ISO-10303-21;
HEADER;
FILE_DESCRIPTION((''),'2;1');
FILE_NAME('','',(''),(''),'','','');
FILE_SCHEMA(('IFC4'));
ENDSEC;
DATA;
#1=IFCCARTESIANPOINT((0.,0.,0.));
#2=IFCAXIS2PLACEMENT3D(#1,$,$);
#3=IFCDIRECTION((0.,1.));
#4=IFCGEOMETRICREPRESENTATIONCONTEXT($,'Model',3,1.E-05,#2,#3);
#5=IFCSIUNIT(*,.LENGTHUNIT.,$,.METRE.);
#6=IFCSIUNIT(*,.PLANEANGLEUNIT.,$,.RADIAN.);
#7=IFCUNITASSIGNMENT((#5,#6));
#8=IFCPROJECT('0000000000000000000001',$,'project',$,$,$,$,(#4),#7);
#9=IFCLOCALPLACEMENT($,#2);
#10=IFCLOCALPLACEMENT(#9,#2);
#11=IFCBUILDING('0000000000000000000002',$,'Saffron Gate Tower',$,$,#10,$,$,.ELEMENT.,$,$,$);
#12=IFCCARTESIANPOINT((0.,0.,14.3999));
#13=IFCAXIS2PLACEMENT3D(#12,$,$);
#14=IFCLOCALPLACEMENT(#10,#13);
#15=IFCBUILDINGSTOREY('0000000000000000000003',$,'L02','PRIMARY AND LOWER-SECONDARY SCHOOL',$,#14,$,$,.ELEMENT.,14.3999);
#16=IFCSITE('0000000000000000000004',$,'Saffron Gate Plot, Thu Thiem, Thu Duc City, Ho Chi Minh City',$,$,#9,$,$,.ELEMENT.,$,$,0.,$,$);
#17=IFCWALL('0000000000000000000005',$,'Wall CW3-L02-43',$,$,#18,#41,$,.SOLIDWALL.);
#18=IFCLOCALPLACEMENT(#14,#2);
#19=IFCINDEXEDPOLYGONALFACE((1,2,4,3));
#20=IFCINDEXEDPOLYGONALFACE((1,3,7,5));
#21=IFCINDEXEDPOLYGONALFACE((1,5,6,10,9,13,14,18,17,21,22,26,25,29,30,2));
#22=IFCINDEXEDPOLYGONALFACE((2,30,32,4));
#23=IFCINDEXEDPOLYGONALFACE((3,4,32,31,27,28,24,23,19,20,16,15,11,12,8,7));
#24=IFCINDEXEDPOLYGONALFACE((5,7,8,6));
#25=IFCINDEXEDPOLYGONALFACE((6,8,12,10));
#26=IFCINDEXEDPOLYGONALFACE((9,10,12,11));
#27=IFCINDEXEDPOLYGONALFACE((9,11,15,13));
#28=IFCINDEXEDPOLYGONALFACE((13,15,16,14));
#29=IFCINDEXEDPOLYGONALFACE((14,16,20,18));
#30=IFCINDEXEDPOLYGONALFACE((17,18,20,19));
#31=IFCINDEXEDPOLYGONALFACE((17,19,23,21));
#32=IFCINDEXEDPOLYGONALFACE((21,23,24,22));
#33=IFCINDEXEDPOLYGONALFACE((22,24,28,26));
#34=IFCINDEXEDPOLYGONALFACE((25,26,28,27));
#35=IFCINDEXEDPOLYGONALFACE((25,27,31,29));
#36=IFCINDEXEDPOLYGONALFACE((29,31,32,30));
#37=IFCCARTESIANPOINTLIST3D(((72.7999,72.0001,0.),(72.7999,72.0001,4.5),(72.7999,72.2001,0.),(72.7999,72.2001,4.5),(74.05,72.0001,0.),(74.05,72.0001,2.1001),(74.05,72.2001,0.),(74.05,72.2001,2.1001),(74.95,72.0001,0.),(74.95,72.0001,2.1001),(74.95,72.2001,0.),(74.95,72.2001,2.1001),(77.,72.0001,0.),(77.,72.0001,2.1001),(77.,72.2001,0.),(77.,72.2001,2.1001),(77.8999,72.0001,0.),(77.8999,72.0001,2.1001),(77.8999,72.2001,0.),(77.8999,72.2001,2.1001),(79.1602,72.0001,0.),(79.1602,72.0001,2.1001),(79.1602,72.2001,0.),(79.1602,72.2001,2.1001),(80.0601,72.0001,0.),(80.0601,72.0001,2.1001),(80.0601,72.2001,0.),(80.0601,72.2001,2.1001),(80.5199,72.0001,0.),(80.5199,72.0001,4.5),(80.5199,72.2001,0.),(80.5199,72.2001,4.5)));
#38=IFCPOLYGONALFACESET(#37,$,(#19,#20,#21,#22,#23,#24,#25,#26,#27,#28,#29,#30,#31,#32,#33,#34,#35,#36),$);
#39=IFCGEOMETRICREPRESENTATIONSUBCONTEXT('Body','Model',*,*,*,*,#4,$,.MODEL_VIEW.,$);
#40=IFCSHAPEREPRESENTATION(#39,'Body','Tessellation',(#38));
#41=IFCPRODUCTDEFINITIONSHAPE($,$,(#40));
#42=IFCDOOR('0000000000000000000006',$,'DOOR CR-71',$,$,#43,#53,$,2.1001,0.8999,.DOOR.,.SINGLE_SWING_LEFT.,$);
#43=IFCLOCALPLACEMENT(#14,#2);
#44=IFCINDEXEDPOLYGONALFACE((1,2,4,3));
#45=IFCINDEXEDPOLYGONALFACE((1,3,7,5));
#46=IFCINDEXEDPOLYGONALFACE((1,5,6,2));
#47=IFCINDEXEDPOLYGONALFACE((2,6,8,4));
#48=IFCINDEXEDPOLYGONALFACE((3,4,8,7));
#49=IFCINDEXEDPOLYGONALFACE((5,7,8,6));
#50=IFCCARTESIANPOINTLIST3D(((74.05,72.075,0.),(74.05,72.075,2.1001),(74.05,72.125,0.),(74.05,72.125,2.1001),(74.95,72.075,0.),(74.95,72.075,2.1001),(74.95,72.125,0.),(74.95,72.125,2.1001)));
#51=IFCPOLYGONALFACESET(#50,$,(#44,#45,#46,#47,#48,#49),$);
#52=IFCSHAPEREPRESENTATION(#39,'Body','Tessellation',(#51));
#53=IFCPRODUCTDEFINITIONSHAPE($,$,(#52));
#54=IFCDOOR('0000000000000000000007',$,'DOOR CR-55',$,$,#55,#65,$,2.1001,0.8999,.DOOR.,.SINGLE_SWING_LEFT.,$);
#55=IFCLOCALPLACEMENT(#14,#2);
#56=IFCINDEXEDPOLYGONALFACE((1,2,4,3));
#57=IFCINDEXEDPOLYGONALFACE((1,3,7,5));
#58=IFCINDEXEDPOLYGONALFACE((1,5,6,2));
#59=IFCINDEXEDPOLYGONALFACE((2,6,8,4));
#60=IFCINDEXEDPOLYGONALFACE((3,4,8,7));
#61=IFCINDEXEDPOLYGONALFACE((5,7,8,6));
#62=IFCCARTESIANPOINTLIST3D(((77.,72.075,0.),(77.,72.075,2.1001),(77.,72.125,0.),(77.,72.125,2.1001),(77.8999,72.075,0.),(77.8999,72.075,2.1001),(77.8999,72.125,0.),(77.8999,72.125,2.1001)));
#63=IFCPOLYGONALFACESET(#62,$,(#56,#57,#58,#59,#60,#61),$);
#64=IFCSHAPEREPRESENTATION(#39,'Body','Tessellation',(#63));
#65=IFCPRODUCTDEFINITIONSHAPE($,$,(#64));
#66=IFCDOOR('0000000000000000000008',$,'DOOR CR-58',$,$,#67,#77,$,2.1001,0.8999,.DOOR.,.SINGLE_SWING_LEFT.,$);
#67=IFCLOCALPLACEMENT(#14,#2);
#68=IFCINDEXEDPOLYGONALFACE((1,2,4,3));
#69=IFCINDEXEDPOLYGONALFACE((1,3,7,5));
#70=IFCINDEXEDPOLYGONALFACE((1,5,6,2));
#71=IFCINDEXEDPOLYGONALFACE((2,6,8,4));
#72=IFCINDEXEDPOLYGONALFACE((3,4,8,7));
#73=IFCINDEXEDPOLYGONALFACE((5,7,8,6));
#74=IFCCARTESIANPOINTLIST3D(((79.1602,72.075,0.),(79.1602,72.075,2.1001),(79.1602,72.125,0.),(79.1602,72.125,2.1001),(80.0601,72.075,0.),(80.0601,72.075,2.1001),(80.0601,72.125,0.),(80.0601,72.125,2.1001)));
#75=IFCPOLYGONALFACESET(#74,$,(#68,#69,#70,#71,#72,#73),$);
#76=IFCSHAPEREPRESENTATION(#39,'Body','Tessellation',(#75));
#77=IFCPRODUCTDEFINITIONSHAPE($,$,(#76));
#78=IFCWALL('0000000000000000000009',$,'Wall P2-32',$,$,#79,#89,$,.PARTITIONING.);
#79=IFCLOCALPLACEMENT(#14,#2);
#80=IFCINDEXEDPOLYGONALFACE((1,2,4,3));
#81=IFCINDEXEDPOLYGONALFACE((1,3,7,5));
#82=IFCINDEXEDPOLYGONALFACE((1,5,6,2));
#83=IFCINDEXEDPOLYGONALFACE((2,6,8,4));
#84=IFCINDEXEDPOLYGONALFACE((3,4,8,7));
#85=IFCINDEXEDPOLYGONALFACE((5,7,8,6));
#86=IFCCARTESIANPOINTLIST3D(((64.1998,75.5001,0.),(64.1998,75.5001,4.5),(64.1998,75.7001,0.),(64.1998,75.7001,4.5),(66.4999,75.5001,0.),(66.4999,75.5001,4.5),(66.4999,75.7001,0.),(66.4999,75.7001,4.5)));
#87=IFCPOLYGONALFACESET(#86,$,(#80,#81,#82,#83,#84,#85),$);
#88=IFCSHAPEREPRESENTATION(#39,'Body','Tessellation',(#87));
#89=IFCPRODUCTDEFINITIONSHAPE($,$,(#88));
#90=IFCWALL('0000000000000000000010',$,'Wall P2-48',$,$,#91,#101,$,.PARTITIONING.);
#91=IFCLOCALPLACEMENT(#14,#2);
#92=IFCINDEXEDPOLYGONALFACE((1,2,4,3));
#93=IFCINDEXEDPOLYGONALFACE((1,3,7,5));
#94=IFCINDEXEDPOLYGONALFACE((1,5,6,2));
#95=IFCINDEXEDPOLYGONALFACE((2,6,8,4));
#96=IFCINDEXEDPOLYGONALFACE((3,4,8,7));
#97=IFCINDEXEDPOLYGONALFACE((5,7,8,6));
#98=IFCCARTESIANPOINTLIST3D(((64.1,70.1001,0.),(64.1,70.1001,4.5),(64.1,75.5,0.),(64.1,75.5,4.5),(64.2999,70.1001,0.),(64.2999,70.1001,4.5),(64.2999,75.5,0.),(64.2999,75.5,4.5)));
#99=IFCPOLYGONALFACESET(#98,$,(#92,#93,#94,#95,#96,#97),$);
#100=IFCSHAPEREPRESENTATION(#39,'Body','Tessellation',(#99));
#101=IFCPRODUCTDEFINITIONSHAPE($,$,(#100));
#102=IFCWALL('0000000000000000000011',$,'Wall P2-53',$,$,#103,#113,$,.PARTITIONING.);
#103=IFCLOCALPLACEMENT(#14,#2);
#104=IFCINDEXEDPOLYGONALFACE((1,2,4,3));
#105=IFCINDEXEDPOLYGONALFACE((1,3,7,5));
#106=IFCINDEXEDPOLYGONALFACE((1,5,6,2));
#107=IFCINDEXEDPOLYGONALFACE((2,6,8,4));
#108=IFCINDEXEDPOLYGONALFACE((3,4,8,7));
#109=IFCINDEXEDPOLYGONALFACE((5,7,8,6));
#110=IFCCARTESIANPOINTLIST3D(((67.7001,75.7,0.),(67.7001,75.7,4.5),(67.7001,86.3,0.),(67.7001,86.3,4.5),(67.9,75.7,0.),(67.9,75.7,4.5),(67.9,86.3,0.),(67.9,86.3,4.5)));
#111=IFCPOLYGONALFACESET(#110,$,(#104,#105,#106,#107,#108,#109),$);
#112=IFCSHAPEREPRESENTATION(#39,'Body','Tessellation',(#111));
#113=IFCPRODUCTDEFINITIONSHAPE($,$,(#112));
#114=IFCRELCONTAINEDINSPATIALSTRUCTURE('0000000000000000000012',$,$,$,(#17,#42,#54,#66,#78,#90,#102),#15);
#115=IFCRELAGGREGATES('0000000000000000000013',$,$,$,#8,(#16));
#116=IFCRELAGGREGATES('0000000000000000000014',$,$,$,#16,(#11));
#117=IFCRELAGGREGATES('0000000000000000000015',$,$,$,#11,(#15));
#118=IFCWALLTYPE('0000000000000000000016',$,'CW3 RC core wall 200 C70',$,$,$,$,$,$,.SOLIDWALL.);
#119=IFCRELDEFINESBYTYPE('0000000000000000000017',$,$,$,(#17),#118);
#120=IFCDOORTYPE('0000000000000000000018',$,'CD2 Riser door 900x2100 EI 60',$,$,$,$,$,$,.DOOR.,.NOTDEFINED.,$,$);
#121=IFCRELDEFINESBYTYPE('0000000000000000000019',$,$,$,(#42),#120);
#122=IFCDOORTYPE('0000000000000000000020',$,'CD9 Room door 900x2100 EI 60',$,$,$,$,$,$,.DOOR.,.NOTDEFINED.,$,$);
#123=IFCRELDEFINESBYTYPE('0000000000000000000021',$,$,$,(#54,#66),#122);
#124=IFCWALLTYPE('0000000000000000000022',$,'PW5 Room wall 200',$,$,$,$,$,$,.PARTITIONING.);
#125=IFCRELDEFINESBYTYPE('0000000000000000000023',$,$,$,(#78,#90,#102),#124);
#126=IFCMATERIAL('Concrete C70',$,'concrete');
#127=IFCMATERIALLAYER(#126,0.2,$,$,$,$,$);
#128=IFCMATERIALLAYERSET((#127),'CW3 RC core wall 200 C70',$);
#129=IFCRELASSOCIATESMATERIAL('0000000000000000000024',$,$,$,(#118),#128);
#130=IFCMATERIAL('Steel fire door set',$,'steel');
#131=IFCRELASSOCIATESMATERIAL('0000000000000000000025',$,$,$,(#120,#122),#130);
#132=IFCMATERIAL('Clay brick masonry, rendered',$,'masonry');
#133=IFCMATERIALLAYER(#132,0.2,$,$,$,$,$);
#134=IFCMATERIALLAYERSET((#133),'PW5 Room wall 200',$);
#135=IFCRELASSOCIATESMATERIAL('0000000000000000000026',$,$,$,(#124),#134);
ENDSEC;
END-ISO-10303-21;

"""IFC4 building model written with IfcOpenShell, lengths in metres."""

from ifc_helpers import new_model, si_unit, direction, frame, frame_2d, origin, place, context, subcontext, project, spatial, rectangle, extrude, material, layer, layer_set, type_object, element, fill, save


model = new_model("IFC4")

# Units and contexts
model_context = context("Model", 3, precision=1e-05, world=origin(), true_north=direction((0.0, 1.0)))
body_context = subcontext(model_context, "Body", "Model", "MODEL_VIEW")
ifc_project = project(units=[si_unit("LENGTHUNIT", "METRE"), si_unit("PLANEANGLEUNIT", "RADIAN")], contexts=[model_context])

# Site, building, storey
site_placement = place(None, origin())
site = spatial("IfcSite", under=ifc_project, at=site_placement, Name="Saffron Gate Plot, Thu Thiem, Thu Duc City, Ho Chi Minh City", CompositionType="ELEMENT", RefElevation=0.0)
building_placement = place(site_placement, origin())
building = spatial("IfcBuilding", under=site, at=building_placement, Name="Saffron Gate Tower", CompositionType="ELEMENT")
storey_placement = place(building_placement, frame((0.0, 0.0, 14.3999)))
storey = spatial("IfcBuildingStorey", under=building, at=storey_placement, Name="L02", Description="PRIMARY AND LOWER-SECONDARY SCHOOL", CompositionType="ELEMENT", Elevation=14.3999)

# Shared definitions
ifc_material_1 = material(Name="Concrete C70", Category="concrete")

# Wall, openings, doors
ifc_layer_1 = layer(ifc_material_1, 0.2)
ifc_layer_set_1 = layer_set([ifc_layer_1], Name="CW3 RC core wall 200 C70")
wall_type_1 = type_object("IfcWallType", Name="CW3 RC core wall 200 C70", PredefinedType="SOLIDWALL", material=ifc_layer_set_1)
wall_1_placement = place(storey_placement, frame((72.8, 72.1001, 0.0), z_axis=(0.0, 0.0, 1.0), x_axis=(1.0, 0.0, 0.0)))
wall_1 = element("IfcWall", 1, at=wall_1_placement, inside=storey, type_object=wall_type_1, Name="Wall CW3-L02-43", PredefinedType="SOLIDWALL", context=body_context, shape_type="SweptSolid", body=[
    extrude(rectangle(XDim=7.72, YDim=0.2, at=frame_2d((3.8599, 0.0))), origin(), (0.0, 0.0, 1.0), 4.5),
])
opening_1_placement = place(wall_1_placement, frame((1.25, 0.0, 0.0)))
opening_1 = element("IfcOpeningElement", 2, at=opening_1_placement, cuts=wall_1, PredefinedType="OPENING", context=body_context, shape_type="SweptSolid", body=[
    extrude(rectangle(XDim=0.8999, YDim=2.1001, at=frame_2d((0.45, 1.05))), frame((0.0, 0.1099, 0.0), z_axis=(0.0, -1.0, 0.0), x_axis=(1.0, 0.0, 0.0)), (0.0, 0.0, 1.0), 0.22),
])
opening_2_placement = place(wall_1_placement, frame((4.2, 0.0, 0.0)))
opening_2 = element("IfcOpeningElement", 3, at=opening_2_placement, cuts=wall_1, PredefinedType="OPENING", context=body_context, shape_type="SweptSolid", body=[
    extrude(rectangle(XDim=0.8999, YDim=2.1001, at=frame_2d((0.45, 1.05))), frame((0.0, 0.1099, 0.0), z_axis=(0.0, -1.0, 0.0), x_axis=(1.0, 0.0, 0.0)), (0.0, 0.0, 1.0), 0.22),
])
opening_3_placement = place(wall_1_placement, frame((6.3601, 0.0, 0.0)))
opening_3 = element("IfcOpeningElement", 4, at=opening_3_placement, cuts=wall_1, PredefinedType="OPENING", context=body_context, shape_type="SweptSolid", body=[
    extrude(rectangle(XDim=0.8999, YDim=2.1001, at=frame_2d((0.45, 1.05))), frame((0.0, 0.1099, 0.0), z_axis=(0.0, -1.0, 0.0), x_axis=(1.0, 0.0, 0.0)), (0.0, 0.0, 1.0), 0.22),
])
ifc_material_2 = material(Name="Steel fire door set", Category="steel")
door_type_1 = type_object("IfcDoorType", Name="CD2 Riser door 900x2100 EI 60", OperationType="NOTDEFINED", PredefinedType="DOOR", material=ifc_material_2)
door_1_placement = place(opening_1_placement, origin())
door_1 = element("IfcDoor", 5, at=door_1_placement, inside=storey, type_object=door_type_1, Name="DOOR CR-71", OperationType="SINGLE_SWING_LEFT", OverallHeight=2.1001, OverallWidth=0.8999, PredefinedType="DOOR", context=body_context, shape_type="SweptSolid", body=[
    extrude(rectangle(XDim=0.8999, YDim=2.1001, at=frame_2d((0.45, 1.05))), frame((0.0, 0.0249, 0.0), z_axis=(0.0, -1.0, 0.0), x_axis=(1.0, 0.0, 0.0)), (0.0, 0.0, 1.0), 0.05),
])
fill(opening_1, door_1)
door_type_2 = type_object("IfcDoorType", Name="CD9 Room door 900x2100 EI 60", OperationType="NOTDEFINED", PredefinedType="DOOR", material=ifc_material_2)
door_2_placement = place(opening_2_placement, origin())
door_2 = element("IfcDoor", 6, at=door_2_placement, inside=storey, type_object=door_type_2, Name="DOOR CR-55", OperationType="SINGLE_SWING_LEFT", OverallHeight=2.1001, OverallWidth=0.8999, PredefinedType="DOOR", context=body_context, shape_type="SweptSolid", body=[
    extrude(rectangle(XDim=0.8999, YDim=2.1001, at=frame_2d((0.45, 1.05))), frame((0.0, 0.0249, 0.0), z_axis=(0.0, -1.0, 0.0), x_axis=(1.0, 0.0, 0.0)), (0.0, 0.0, 1.0), 0.05),
])
fill(opening_2, door_2)
door_3_placement = place(opening_3_placement, origin())
door_3 = element("IfcDoor", 7, at=door_3_placement, inside=storey, type_object=door_type_2, Name="DOOR CR-58", OperationType="SINGLE_SWING_LEFT", OverallHeight=2.1001, OverallWidth=0.8999, PredefinedType="DOOR", context=body_context, shape_type="SweptSolid", body=[
    extrude(rectangle(XDim=0.8999, YDim=2.1001, at=frame_2d((0.45, 1.05))), frame((0.0, 0.0249, 0.0), z_axis=(0.0, -1.0, 0.0), x_axis=(1.0, 0.0, 0.0)), (0.0, 0.0, 1.0), 0.05),
])
fill(opening_3, door_3)

# Walls
ifc_material_3 = material(Name="Clay brick masonry, rendered", Category="masonry")
ifc_layer_2 = layer(ifc_material_3, 0.2)
ifc_layer_set_2 = layer_set([ifc_layer_2], Name="PW5 Room wall 200")
wall_type_2 = type_object("IfcWallType", Name="PW5 Room wall 200", PredefinedType="PARTITIONING", material=ifc_layer_set_2)
wall_2_placement = place(storey_placement, frame((64.2, 75.6001, 0.0), z_axis=(0.0, 0.0, 1.0), x_axis=(1.0, 0.0, 0.0)))
element("IfcWall", 8, at=wall_2_placement, inside=storey, type_object=wall_type_2, Name="Wall P2-32", PredefinedType="PARTITIONING", context=body_context, shape_type="SweptSolid", body=[
    extrude(rectangle(XDim=2.3, YDim=0.2, at=frame_2d((1.1499, 0.0))), origin(), (0.0, 0.0, 1.0), 4.5),
])
wall_3_placement = place(storey_placement, frame((64.2, 75.5, 0.0), z_axis=(0.0, 0.0, 1.0), x_axis=(0.0, -1.0, 0.0)))
element("IfcWall", 9, at=wall_3_placement, inside=storey, type_object=wall_type_2, Name="Wall P2-48", PredefinedType="PARTITIONING", context=body_context, shape_type="SweptSolid", body=[
    extrude(rectangle(XDim=5.3999, YDim=0.2, at=frame_2d((2.7, 0.0))), origin(), (0.0, 0.0, 1.0), 4.5),
])
wall_4_placement = place(storey_placement, frame((67.8, 86.3, 0.0), z_axis=(0.0, 0.0, 1.0), x_axis=(0.0, -1.0, 0.0)))
element("IfcWall", 10, at=wall_4_placement, inside=storey, type_object=wall_type_2, Name="Wall P2-53", PredefinedType="PARTITIONING", context=body_context, shape_type="SweptSolid", body=[
    extrude(rectangle(XDim=10.6001, YDim=0.2, at=frame_2d((5.3, 0.0))), origin(), (0.0, 0.0, 1.0), 4.5),
])

save(model, "model.ifc")
